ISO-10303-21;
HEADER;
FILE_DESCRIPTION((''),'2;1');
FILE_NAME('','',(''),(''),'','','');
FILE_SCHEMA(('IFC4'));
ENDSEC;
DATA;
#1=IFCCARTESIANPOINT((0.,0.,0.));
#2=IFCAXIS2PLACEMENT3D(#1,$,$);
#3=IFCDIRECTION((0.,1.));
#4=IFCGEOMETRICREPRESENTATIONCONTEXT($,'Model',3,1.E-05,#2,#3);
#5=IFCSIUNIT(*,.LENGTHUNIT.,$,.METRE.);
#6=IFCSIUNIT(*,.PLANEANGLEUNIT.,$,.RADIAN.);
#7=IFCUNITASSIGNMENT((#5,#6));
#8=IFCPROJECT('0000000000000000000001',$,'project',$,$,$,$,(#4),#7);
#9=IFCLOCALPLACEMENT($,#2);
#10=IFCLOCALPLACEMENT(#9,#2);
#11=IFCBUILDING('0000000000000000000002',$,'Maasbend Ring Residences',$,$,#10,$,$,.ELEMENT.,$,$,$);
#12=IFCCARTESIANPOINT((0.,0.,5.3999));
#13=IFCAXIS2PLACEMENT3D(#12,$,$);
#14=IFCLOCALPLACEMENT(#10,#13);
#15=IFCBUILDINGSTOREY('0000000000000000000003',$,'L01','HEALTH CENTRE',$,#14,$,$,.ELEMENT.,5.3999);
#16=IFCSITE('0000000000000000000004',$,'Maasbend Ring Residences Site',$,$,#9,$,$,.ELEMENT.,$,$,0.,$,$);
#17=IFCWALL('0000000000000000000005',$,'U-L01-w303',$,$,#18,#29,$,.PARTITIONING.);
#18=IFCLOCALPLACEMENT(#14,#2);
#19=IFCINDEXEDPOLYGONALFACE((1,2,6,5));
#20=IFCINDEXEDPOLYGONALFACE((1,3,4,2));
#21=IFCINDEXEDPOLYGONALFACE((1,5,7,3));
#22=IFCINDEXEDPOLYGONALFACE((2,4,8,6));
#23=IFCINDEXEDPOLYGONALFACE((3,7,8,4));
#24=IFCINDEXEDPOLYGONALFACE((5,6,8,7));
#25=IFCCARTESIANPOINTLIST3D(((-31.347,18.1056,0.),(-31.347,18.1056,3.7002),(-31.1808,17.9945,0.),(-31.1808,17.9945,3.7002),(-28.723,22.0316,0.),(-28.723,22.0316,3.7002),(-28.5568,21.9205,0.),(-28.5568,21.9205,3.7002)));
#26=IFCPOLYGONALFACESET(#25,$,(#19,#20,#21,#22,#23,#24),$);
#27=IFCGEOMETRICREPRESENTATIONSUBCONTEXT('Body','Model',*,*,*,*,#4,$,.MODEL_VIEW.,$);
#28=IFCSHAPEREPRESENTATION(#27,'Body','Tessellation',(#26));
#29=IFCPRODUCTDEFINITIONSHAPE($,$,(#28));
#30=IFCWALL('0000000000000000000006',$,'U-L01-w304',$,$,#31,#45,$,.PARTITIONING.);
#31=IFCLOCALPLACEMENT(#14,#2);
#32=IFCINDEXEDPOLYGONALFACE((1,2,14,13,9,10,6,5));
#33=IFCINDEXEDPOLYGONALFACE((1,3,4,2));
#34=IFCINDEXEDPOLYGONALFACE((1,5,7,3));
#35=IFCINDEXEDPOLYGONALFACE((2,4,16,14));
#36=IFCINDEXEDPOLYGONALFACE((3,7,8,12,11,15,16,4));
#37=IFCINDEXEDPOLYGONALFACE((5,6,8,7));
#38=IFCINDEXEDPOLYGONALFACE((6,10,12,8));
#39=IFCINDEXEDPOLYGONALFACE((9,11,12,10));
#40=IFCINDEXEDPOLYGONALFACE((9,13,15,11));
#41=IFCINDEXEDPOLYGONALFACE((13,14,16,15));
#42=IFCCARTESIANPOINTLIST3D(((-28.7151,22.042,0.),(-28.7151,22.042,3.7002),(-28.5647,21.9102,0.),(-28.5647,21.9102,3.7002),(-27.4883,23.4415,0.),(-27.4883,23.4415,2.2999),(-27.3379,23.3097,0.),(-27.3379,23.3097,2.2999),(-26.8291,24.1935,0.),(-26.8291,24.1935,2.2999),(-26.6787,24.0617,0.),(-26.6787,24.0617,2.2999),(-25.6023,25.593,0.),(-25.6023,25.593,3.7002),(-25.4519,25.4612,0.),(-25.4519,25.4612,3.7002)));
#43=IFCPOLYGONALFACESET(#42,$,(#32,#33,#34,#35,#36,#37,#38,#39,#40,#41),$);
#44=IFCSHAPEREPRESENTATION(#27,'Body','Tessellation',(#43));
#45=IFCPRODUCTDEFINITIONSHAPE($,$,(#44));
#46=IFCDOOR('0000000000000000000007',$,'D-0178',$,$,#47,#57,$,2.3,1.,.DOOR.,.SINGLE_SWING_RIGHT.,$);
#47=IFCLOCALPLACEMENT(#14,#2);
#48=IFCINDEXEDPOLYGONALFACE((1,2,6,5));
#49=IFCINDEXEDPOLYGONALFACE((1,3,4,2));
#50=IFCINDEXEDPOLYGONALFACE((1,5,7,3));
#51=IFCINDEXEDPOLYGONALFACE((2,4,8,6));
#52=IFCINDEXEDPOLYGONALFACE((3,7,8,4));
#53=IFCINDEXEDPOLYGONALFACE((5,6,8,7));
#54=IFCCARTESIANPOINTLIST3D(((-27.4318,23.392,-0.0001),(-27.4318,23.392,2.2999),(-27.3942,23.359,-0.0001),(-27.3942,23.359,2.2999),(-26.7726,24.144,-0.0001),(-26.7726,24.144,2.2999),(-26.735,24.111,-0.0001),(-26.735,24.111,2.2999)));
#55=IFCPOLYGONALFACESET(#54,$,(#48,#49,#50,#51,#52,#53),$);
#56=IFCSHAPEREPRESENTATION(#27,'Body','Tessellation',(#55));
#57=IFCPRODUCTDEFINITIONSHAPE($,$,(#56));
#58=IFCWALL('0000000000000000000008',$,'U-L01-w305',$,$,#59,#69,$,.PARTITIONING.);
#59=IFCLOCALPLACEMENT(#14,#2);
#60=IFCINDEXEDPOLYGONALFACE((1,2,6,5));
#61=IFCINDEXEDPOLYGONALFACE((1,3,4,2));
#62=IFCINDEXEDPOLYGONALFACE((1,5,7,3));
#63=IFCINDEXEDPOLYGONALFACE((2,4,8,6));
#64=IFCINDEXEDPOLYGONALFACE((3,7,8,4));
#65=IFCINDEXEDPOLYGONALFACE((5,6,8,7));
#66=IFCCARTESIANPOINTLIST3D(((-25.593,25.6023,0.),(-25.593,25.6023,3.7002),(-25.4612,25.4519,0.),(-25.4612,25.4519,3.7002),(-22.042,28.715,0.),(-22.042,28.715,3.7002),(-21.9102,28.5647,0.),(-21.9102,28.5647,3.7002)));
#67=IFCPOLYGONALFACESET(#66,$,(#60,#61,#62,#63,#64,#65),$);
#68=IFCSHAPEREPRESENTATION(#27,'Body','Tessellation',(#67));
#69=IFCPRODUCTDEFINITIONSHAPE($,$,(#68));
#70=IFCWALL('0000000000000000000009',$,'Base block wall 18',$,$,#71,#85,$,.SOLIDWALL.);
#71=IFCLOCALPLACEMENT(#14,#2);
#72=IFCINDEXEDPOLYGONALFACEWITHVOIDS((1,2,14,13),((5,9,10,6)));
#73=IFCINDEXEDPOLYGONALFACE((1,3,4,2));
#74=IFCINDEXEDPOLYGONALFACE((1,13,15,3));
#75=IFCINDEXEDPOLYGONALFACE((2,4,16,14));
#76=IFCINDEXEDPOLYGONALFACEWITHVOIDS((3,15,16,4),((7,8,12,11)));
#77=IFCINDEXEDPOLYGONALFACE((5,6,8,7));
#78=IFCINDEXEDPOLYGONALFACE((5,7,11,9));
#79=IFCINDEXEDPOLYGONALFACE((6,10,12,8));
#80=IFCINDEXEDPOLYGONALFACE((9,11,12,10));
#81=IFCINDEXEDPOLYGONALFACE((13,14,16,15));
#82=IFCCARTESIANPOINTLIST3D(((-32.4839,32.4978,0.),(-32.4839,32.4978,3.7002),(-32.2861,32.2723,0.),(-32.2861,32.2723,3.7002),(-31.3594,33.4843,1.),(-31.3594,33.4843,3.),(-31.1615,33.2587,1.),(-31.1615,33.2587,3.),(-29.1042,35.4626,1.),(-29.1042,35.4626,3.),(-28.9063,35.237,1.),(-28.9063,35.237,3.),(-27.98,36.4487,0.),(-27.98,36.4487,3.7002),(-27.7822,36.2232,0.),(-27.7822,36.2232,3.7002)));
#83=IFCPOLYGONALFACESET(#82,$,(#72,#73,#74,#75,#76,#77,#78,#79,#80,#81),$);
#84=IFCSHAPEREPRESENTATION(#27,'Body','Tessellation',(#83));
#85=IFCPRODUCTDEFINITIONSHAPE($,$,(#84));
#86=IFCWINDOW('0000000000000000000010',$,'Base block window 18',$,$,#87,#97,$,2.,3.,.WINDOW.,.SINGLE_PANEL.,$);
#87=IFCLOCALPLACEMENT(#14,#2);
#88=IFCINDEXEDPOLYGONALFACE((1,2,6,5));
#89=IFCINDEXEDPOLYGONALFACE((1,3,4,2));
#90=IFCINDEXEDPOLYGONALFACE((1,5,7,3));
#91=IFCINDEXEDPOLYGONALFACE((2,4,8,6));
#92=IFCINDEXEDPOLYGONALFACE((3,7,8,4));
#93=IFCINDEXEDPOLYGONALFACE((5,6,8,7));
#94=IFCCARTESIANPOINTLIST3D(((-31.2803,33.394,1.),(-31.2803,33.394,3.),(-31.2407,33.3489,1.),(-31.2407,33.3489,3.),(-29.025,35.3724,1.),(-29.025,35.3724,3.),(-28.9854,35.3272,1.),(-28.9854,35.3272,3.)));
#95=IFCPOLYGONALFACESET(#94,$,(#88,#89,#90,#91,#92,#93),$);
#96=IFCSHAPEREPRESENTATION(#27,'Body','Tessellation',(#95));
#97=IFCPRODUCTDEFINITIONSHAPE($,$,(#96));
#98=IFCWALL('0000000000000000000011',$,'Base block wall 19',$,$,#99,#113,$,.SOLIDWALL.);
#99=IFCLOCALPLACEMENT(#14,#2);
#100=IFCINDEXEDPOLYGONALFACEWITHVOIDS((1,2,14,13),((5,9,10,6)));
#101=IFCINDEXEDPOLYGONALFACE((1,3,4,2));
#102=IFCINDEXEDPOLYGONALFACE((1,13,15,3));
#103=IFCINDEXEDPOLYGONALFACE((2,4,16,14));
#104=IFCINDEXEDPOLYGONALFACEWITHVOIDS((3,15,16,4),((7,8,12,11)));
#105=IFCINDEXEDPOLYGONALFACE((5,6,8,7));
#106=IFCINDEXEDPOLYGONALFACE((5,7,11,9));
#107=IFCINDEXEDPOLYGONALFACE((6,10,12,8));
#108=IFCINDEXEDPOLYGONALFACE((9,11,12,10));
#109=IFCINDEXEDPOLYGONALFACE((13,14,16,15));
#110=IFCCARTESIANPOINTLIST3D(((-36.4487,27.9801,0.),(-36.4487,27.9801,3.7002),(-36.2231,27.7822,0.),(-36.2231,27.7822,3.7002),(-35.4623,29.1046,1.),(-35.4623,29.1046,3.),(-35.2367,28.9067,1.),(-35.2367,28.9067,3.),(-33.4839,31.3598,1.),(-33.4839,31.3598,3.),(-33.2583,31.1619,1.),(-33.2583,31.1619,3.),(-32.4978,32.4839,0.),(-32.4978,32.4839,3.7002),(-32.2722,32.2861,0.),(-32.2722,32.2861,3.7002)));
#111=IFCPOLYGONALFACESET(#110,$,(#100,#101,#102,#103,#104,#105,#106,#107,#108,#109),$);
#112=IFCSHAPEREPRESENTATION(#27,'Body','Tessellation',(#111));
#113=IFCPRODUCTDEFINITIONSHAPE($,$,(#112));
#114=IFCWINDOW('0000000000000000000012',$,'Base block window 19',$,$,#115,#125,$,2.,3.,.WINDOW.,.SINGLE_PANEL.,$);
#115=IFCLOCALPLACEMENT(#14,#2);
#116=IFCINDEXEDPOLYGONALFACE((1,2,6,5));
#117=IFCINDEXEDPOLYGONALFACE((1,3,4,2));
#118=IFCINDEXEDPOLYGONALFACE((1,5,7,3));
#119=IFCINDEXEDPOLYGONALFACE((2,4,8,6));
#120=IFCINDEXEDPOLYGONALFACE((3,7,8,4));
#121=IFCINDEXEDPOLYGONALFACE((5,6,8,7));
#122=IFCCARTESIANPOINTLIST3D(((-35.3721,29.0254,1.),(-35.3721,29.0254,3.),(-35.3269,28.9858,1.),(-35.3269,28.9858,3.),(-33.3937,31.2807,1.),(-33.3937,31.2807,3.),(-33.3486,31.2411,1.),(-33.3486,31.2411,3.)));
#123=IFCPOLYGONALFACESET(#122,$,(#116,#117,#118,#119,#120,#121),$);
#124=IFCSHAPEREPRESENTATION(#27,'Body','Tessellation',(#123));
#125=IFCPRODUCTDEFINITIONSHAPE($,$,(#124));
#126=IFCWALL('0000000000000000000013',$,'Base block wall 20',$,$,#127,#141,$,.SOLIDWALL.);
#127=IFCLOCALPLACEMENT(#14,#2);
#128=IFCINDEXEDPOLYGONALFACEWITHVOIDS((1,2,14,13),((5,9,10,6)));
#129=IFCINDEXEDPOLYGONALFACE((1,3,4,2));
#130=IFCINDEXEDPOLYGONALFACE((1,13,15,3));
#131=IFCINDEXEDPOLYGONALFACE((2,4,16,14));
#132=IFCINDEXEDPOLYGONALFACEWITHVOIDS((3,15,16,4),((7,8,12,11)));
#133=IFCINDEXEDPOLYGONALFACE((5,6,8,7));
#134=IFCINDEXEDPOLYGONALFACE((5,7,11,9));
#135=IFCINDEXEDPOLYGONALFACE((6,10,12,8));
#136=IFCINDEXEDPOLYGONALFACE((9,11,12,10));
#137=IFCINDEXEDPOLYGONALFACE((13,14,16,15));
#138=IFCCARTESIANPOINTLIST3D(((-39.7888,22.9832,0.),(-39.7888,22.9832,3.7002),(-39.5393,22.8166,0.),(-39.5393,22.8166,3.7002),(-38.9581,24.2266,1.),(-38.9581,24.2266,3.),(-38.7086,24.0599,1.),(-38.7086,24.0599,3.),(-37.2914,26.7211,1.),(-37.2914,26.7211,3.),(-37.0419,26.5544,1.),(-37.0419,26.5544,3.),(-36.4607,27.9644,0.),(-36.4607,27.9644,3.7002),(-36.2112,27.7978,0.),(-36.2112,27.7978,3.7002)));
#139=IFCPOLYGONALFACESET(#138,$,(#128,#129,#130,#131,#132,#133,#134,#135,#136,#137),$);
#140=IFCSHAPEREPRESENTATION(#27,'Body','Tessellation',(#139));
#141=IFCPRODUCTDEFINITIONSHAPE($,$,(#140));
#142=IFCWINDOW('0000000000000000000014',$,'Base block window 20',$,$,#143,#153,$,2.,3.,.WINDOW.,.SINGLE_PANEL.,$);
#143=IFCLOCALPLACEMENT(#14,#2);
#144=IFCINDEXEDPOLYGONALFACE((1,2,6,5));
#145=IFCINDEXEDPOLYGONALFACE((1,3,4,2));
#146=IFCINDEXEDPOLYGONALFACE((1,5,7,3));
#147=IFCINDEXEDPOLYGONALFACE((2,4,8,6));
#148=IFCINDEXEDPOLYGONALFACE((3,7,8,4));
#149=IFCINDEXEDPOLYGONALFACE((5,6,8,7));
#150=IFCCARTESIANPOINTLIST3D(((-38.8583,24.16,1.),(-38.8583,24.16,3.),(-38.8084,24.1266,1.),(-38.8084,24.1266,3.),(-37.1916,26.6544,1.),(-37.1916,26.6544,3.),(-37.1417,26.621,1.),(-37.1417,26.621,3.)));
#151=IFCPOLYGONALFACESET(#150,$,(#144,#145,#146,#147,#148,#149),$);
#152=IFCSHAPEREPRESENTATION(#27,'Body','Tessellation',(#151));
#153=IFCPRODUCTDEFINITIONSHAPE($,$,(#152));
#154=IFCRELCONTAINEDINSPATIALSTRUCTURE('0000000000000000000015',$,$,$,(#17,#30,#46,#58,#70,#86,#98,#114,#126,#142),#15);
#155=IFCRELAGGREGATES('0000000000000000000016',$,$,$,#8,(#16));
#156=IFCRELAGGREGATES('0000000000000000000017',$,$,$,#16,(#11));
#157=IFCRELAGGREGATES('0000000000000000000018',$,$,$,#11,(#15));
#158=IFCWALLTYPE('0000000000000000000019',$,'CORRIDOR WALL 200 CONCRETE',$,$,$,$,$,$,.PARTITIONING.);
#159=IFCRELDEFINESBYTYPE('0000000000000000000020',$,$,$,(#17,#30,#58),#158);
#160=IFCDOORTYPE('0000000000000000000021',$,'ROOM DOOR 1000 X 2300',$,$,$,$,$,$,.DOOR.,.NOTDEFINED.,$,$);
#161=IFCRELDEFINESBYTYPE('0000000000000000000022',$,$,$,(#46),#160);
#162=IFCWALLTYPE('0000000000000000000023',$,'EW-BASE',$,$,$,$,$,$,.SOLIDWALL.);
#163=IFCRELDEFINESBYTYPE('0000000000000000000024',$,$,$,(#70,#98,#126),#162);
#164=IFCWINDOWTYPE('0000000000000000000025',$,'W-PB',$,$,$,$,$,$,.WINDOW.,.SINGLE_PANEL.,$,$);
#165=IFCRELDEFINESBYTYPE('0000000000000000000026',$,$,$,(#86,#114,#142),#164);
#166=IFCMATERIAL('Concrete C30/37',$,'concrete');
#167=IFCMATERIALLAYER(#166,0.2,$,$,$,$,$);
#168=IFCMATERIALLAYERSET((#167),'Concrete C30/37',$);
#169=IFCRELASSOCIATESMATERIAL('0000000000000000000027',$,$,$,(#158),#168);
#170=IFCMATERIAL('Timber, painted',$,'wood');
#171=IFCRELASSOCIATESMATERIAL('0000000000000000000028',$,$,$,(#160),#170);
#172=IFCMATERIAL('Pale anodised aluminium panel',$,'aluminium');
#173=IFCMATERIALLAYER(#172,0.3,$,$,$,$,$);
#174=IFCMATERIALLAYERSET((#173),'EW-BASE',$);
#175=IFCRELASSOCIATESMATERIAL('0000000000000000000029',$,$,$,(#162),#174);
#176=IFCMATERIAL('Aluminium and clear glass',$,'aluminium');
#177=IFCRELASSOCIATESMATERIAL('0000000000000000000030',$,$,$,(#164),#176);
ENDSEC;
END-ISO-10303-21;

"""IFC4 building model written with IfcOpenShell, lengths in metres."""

from ifc_helpers import new_model, si_unit, direction, frame, frame_2d, origin, place, context, subcontext, project, spatial, rectangle, extrude, material, layer, layer_set, type_object, element, fill, save


model = new_model("IFC4")

# Units and contexts
model_context = context("Model", 3, precision=1e-05, world=origin(), true_north=direction((0.0, 1.0)))
body_context = subcontext(model_context, "Body", "Model", "MODEL_VIEW")
ifc_project = project(units=[si_unit("LENGTHUNIT", "METRE"), si_unit("PLANEANGLEUNIT", "RADIAN")], contexts=[model_context])

# Site, building, storey
site_placement = place(None, origin())
site = spatial("IfcSite", under=ifc_project, at=site_placement, Name="Maasbend Ring Residences Site", CompositionType="ELEMENT", RefElevation=0.0)
building_placement = place(site_placement, origin())
building = spatial("IfcBuilding", under=site, at=building_placement, Name="Maasbend Ring Residences", CompositionType="ELEMENT")
storey_placement = place(building_placement, frame((0.0, 0.0, 5.3999)))
storey = spatial("IfcBuildingStorey", under=building, at=storey_placement, Name="L01", Description="HEALTH CENTRE", CompositionType="ELEMENT", Elevation=5.3999)

# Shared definitions
ifc_material_1 = material(Name="Concrete C30/37", Category="concrete")
ifc_layer_1 = layer(ifc_material_1, 0.2)
ifc_layer_set_1 = layer_set([ifc_layer_1], Name="Concrete C30/37")
wall_type_1 = type_object("IfcWallType", Name="CORRIDOR WALL 200 CONCRETE", PredefinedType="PARTITIONING", material=ifc_layer_set_1)

# Wall
wall_1_placement = place(storey_placement, frame((-31.2639, 18.05, 0.0), z_axis=(0.0, 0.0, 1.0), x_axis=(0.555678, 0.831397, 0.0)))
element("IfcWall", 1, at=wall_1_placement, inside=storey, type_object=wall_type_1, Name="U-L01-w303", PredefinedType="PARTITIONING", context=body_context, shape_type="SweptSolid", body=[
    extrude(rectangle(XDim=4.7222, YDim=0.2, at=frame_2d((2.3611, 0.0))), origin(), (0.0, 0.0, 1.0), 3.7002),
])

# Wall, opening, door
wall_2_placement = place(storey_placement, frame((-28.6399, 21.9761, 0.0), z_axis=(0.0, 0.0, 1.0), x_axis=(0.659181, 0.751984, 0.0)))
wall_2 = element("IfcWall", 2, at=wall_2_placement, inside=storey, type_object=wall_type_1, Name="U-L01-w304", PredefinedType="PARTITIONING", context=body_context, shape_type="SweptSolid", body=[
    extrude(rectangle(XDim=4.7222, YDim=0.2, at=frame_2d((2.3611, 0.0))), origin(), (0.0, 0.0, 1.0), 3.7002),
])
opening_1_placement = place(wall_2_placement, frame((1.8611, 0.0, 0.0)))
opening_1 = element("IfcOpeningElement", 3, at=opening_1_placement, cuts=wall_2, PredefinedType="OPENING", context=body_context, shape_type="SweptSolid", body=[
    extrude(rectangle(XDim=1.0, YDim=2.3, at=frame_2d((0.5, 1.1499))), frame((0.0, 0.1099, 0.0), z_axis=(0.0, -1.0, 0.0), x_axis=(1.0, 0.0, 0.0)), (0.0, 0.0, 1.0), 0.22),
])
ifc_material_2 = material(Name="Timber, painted", Category="wood")
door_type_1 = type_object("IfcDoorType", Name="ROOM DOOR 1000 X 2300", OperationType="NOTDEFINED", PredefinedType="DOOR", material=ifc_material_2)
door_1_placement = place(opening_1_placement, origin())
door_1 = element("IfcDoor", 4, at=door_1_placement, inside=storey, type_object=door_type_1, Name="D-0178", OperationType="SINGLE_SWING_RIGHT", OverallHeight=2.3, OverallWidth=1.0, PredefinedType="DOOR", context=body_context, shape_type="SweptSolid", body=[
    extrude(rectangle(XDim=1.0, YDim=2.3, at=frame_2d((0.5, 1.1499))), frame((0.0, 0.0249, 0.0), z_axis=(0.0, -1.0, 0.0), x_axis=(1.0, 0.0, 0.0)), (0.0, 0.0, 1.0), 0.05),
])
fill(opening_1, door_1)

# Wall
wall_3_placement = place(storey_placement, frame((-25.5271, 25.5271, 0.0), z_axis=(0.0, 0.0, 1.0), x_axis=(0.751984, 0.659181, 0.0)))
element("IfcWall", 5, at=wall_3_placement, inside=storey, type_object=wall_type_1, Name="U-L01-w305", PredefinedType="PARTITIONING", context=body_context, shape_type="SweptSolid", body=[
    extrude(rectangle(XDim=4.7222, YDim=0.2, at=frame_2d((2.3611, 0.0))), origin(), (0.0, 0.0, 1.0), 3.7002),
])

# Walls, openings, windows
ifc_material_3 = material(Name="Pale anodised aluminium panel", Category="aluminium")
ifc_layer_2 = layer(ifc_material_3, 0.3)
ifc_layer_set_2 = layer_set([ifc_layer_2], Name="EW-BASE")
wall_type_2 = type_object("IfcWallType", Name="EW-BASE", PredefinedType="SOLIDWALL", material=ifc_layer_set_2)
wall_4_placement = place(storey_placement, frame((-27.8811, 36.3359, 0.0), z_axis=(0.0, 0.0, 1.0), x_axis=(-0.751748, -0.65945, 0.0)))
wall_4 = element("IfcWall", 6, at=wall_4_placement, inside=storey, type_object=wall_type_2, Name="Base block wall 18", PredefinedType="SOLIDWALL", context=body_context, shape_type="SweptSolid", body=[
    extrude(rectangle(XDim=5.9912, YDim=0.3, at=frame_2d((2.9956, 0.0))), origin(), (0.0, 0.0, 1.0), 3.7002),
])
opening_2_placement = place(wall_4_placement, frame((1.4954, 0.0, 1.0)))
opening_2 = element("IfcOpeningElement", 7, at=opening_2_placement, cuts=wall_4, PredefinedType="OPENING", context=body_context, shape_type="SweptSolid", body=[
    extrude(rectangle(XDim=3.0, YDim=2.0, at=frame_2d((1.5, 1.0))), frame((0.0, 0.1602, 0.0), z_axis=(0.0, -1.0, 0.0), x_axis=(1.0, 0.0, 0.0)), (0.0, 0.0, 1.0), 0.3201),
])
ifc_material_4 = material(Name="Aluminium and clear glass", Category="aluminium")
window_type = type_object("IfcWindowType", Name="W-PB", PartitioningType="SINGLE_PANEL", PredefinedType="WINDOW", material=ifc_material_4)
window_1_placement = place(opening_2_placement, origin())
window_1 = element("IfcWindow", 8, at=window_1_placement, inside=storey, type_object=window_type, Name="Base block window 18", OverallHeight=2.0, OverallWidth=3.0, PartitioningType="SINGLE_PANEL", PredefinedType="WINDOW", context=body_context, shape_type="SweptSolid", body=[
    extrude(rectangle(XDim=3.0, YDim=2.0, at=frame_2d((1.5, 1.0))), frame((0.0, 0.03, 0.0), z_axis=(0.0, -1.0, 0.0), x_axis=(1.0, 0.0, 0.0)), (0.0, 0.0, 1.0), 0.0601),
])
fill(opening_2, window_1)
wall_5_placement = place(storey_placement, frame((-32.385, 32.385, 0.0), z_axis=(0.0, 0.0, 1.0), x_axis=(-0.65945, -0.751748, 0.0)))
wall_5 = element("IfcWall", 9, at=wall_5_placement, inside=storey, type_object=wall_type_2, Name="Base block wall 19", PredefinedType="SOLIDWALL", context=body_context, shape_type="SweptSolid", body=[
    extrude(rectangle(XDim=5.9912, YDim=0.3, at=frame_2d((2.9956, 0.0))), origin(), (0.0, 0.0, 1.0), 3.7002),
])
opening_3_placement = place(wall_5_placement, frame((1.4954, 0.0, 1.0)))
opening_3 = element("IfcOpeningElement", 10, at=opening_3_placement, cuts=wall_5, PredefinedType="OPENING", context=body_context, shape_type="SweptSolid", body=[
    extrude(rectangle(XDim=3.0, YDim=2.0, at=frame_2d((1.5, 1.0))), frame((0.0, 0.1602, 0.0), z_axis=(0.0, -1.0, 0.0), x_axis=(1.0, 0.0, 0.0)), (0.0, 0.0, 1.0), 0.3201),
])
window_2_placement = place(opening_3_placement, origin())
window_2 = element("IfcWindow", 11, at=window_2_placement, inside=storey, type_object=window_type, Name="Base block window 19", OverallHeight=2.0, OverallWidth=3.0, PartitioningType="SINGLE_PANEL", PredefinedType="WINDOW", context=body_context, shape_type="SweptSolid", body=[
    extrude(rectangle(XDim=3.0, YDim=2.0, at=frame_2d((1.5, 1.0))), frame((0.0, 0.03, 0.0), z_axis=(0.0, -1.0, 0.0), x_axis=(1.0, 0.0, 0.0)), (0.0, 0.0, 1.0), 0.0601),
])
fill(opening_3, window_2)
wall_6_placement = place(storey_placement, frame((-36.3359, 27.8811, 0.0), z_axis=(0.0, 0.0, 1.0), x_axis=(-0.555546, -0.831486, 0.0)))
wall_6 = element("IfcWall", 12, at=wall_6_placement, inside=storey, type_object=wall_type_2, Name="Base block wall 20", PredefinedType="SOLIDWALL", context=body_context, shape_type="SweptSolid", body=[
    extrude(rectangle(XDim=5.9907, YDim=0.3, at=frame_2d((2.9954, 0.0))), origin(), (0.0, 0.0, 1.0), 3.7002),
])
opening_4_placement = place(wall_6_placement, frame((1.4954, 0.0, 1.0)))
opening_4 = element("IfcOpeningElement", 13, at=opening_4_placement, cuts=wall_6, PredefinedType="OPENING", context=body_context, shape_type="SweptSolid", body=[
    extrude(rectangle(XDim=3.0, YDim=2.0, at=frame_2d((1.5, 1.0))), frame((0.0, 0.1602, 0.0), z_axis=(0.0, -1.0, 0.0), x_axis=(1.0, 0.0, 0.0)), (0.0, 0.0, 1.0), 0.3201),
])
window_3_placement = place(opening_4_placement, origin())
window_3 = element("IfcWindow", 14, at=window_3_placement, inside=storey, type_object=window_type, Name="Base block window 20", OverallHeight=2.0, OverallWidth=3.0, PartitioningType="SINGLE_PANEL", PredefinedType="WINDOW", context=body_context, shape_type="SweptSolid", body=[
    extrude(rectangle(XDim=3.0, YDim=2.0, at=frame_2d((1.5, 1.0))), frame((0.0, 0.03, 0.0), z_axis=(0.0, -1.0, 0.0), x_axis=(1.0, 0.0, 0.0)), (0.0, 0.0, 1.0), 0.0601),
])
fill(opening_4, window_3)

save(model, "model.ifc")
